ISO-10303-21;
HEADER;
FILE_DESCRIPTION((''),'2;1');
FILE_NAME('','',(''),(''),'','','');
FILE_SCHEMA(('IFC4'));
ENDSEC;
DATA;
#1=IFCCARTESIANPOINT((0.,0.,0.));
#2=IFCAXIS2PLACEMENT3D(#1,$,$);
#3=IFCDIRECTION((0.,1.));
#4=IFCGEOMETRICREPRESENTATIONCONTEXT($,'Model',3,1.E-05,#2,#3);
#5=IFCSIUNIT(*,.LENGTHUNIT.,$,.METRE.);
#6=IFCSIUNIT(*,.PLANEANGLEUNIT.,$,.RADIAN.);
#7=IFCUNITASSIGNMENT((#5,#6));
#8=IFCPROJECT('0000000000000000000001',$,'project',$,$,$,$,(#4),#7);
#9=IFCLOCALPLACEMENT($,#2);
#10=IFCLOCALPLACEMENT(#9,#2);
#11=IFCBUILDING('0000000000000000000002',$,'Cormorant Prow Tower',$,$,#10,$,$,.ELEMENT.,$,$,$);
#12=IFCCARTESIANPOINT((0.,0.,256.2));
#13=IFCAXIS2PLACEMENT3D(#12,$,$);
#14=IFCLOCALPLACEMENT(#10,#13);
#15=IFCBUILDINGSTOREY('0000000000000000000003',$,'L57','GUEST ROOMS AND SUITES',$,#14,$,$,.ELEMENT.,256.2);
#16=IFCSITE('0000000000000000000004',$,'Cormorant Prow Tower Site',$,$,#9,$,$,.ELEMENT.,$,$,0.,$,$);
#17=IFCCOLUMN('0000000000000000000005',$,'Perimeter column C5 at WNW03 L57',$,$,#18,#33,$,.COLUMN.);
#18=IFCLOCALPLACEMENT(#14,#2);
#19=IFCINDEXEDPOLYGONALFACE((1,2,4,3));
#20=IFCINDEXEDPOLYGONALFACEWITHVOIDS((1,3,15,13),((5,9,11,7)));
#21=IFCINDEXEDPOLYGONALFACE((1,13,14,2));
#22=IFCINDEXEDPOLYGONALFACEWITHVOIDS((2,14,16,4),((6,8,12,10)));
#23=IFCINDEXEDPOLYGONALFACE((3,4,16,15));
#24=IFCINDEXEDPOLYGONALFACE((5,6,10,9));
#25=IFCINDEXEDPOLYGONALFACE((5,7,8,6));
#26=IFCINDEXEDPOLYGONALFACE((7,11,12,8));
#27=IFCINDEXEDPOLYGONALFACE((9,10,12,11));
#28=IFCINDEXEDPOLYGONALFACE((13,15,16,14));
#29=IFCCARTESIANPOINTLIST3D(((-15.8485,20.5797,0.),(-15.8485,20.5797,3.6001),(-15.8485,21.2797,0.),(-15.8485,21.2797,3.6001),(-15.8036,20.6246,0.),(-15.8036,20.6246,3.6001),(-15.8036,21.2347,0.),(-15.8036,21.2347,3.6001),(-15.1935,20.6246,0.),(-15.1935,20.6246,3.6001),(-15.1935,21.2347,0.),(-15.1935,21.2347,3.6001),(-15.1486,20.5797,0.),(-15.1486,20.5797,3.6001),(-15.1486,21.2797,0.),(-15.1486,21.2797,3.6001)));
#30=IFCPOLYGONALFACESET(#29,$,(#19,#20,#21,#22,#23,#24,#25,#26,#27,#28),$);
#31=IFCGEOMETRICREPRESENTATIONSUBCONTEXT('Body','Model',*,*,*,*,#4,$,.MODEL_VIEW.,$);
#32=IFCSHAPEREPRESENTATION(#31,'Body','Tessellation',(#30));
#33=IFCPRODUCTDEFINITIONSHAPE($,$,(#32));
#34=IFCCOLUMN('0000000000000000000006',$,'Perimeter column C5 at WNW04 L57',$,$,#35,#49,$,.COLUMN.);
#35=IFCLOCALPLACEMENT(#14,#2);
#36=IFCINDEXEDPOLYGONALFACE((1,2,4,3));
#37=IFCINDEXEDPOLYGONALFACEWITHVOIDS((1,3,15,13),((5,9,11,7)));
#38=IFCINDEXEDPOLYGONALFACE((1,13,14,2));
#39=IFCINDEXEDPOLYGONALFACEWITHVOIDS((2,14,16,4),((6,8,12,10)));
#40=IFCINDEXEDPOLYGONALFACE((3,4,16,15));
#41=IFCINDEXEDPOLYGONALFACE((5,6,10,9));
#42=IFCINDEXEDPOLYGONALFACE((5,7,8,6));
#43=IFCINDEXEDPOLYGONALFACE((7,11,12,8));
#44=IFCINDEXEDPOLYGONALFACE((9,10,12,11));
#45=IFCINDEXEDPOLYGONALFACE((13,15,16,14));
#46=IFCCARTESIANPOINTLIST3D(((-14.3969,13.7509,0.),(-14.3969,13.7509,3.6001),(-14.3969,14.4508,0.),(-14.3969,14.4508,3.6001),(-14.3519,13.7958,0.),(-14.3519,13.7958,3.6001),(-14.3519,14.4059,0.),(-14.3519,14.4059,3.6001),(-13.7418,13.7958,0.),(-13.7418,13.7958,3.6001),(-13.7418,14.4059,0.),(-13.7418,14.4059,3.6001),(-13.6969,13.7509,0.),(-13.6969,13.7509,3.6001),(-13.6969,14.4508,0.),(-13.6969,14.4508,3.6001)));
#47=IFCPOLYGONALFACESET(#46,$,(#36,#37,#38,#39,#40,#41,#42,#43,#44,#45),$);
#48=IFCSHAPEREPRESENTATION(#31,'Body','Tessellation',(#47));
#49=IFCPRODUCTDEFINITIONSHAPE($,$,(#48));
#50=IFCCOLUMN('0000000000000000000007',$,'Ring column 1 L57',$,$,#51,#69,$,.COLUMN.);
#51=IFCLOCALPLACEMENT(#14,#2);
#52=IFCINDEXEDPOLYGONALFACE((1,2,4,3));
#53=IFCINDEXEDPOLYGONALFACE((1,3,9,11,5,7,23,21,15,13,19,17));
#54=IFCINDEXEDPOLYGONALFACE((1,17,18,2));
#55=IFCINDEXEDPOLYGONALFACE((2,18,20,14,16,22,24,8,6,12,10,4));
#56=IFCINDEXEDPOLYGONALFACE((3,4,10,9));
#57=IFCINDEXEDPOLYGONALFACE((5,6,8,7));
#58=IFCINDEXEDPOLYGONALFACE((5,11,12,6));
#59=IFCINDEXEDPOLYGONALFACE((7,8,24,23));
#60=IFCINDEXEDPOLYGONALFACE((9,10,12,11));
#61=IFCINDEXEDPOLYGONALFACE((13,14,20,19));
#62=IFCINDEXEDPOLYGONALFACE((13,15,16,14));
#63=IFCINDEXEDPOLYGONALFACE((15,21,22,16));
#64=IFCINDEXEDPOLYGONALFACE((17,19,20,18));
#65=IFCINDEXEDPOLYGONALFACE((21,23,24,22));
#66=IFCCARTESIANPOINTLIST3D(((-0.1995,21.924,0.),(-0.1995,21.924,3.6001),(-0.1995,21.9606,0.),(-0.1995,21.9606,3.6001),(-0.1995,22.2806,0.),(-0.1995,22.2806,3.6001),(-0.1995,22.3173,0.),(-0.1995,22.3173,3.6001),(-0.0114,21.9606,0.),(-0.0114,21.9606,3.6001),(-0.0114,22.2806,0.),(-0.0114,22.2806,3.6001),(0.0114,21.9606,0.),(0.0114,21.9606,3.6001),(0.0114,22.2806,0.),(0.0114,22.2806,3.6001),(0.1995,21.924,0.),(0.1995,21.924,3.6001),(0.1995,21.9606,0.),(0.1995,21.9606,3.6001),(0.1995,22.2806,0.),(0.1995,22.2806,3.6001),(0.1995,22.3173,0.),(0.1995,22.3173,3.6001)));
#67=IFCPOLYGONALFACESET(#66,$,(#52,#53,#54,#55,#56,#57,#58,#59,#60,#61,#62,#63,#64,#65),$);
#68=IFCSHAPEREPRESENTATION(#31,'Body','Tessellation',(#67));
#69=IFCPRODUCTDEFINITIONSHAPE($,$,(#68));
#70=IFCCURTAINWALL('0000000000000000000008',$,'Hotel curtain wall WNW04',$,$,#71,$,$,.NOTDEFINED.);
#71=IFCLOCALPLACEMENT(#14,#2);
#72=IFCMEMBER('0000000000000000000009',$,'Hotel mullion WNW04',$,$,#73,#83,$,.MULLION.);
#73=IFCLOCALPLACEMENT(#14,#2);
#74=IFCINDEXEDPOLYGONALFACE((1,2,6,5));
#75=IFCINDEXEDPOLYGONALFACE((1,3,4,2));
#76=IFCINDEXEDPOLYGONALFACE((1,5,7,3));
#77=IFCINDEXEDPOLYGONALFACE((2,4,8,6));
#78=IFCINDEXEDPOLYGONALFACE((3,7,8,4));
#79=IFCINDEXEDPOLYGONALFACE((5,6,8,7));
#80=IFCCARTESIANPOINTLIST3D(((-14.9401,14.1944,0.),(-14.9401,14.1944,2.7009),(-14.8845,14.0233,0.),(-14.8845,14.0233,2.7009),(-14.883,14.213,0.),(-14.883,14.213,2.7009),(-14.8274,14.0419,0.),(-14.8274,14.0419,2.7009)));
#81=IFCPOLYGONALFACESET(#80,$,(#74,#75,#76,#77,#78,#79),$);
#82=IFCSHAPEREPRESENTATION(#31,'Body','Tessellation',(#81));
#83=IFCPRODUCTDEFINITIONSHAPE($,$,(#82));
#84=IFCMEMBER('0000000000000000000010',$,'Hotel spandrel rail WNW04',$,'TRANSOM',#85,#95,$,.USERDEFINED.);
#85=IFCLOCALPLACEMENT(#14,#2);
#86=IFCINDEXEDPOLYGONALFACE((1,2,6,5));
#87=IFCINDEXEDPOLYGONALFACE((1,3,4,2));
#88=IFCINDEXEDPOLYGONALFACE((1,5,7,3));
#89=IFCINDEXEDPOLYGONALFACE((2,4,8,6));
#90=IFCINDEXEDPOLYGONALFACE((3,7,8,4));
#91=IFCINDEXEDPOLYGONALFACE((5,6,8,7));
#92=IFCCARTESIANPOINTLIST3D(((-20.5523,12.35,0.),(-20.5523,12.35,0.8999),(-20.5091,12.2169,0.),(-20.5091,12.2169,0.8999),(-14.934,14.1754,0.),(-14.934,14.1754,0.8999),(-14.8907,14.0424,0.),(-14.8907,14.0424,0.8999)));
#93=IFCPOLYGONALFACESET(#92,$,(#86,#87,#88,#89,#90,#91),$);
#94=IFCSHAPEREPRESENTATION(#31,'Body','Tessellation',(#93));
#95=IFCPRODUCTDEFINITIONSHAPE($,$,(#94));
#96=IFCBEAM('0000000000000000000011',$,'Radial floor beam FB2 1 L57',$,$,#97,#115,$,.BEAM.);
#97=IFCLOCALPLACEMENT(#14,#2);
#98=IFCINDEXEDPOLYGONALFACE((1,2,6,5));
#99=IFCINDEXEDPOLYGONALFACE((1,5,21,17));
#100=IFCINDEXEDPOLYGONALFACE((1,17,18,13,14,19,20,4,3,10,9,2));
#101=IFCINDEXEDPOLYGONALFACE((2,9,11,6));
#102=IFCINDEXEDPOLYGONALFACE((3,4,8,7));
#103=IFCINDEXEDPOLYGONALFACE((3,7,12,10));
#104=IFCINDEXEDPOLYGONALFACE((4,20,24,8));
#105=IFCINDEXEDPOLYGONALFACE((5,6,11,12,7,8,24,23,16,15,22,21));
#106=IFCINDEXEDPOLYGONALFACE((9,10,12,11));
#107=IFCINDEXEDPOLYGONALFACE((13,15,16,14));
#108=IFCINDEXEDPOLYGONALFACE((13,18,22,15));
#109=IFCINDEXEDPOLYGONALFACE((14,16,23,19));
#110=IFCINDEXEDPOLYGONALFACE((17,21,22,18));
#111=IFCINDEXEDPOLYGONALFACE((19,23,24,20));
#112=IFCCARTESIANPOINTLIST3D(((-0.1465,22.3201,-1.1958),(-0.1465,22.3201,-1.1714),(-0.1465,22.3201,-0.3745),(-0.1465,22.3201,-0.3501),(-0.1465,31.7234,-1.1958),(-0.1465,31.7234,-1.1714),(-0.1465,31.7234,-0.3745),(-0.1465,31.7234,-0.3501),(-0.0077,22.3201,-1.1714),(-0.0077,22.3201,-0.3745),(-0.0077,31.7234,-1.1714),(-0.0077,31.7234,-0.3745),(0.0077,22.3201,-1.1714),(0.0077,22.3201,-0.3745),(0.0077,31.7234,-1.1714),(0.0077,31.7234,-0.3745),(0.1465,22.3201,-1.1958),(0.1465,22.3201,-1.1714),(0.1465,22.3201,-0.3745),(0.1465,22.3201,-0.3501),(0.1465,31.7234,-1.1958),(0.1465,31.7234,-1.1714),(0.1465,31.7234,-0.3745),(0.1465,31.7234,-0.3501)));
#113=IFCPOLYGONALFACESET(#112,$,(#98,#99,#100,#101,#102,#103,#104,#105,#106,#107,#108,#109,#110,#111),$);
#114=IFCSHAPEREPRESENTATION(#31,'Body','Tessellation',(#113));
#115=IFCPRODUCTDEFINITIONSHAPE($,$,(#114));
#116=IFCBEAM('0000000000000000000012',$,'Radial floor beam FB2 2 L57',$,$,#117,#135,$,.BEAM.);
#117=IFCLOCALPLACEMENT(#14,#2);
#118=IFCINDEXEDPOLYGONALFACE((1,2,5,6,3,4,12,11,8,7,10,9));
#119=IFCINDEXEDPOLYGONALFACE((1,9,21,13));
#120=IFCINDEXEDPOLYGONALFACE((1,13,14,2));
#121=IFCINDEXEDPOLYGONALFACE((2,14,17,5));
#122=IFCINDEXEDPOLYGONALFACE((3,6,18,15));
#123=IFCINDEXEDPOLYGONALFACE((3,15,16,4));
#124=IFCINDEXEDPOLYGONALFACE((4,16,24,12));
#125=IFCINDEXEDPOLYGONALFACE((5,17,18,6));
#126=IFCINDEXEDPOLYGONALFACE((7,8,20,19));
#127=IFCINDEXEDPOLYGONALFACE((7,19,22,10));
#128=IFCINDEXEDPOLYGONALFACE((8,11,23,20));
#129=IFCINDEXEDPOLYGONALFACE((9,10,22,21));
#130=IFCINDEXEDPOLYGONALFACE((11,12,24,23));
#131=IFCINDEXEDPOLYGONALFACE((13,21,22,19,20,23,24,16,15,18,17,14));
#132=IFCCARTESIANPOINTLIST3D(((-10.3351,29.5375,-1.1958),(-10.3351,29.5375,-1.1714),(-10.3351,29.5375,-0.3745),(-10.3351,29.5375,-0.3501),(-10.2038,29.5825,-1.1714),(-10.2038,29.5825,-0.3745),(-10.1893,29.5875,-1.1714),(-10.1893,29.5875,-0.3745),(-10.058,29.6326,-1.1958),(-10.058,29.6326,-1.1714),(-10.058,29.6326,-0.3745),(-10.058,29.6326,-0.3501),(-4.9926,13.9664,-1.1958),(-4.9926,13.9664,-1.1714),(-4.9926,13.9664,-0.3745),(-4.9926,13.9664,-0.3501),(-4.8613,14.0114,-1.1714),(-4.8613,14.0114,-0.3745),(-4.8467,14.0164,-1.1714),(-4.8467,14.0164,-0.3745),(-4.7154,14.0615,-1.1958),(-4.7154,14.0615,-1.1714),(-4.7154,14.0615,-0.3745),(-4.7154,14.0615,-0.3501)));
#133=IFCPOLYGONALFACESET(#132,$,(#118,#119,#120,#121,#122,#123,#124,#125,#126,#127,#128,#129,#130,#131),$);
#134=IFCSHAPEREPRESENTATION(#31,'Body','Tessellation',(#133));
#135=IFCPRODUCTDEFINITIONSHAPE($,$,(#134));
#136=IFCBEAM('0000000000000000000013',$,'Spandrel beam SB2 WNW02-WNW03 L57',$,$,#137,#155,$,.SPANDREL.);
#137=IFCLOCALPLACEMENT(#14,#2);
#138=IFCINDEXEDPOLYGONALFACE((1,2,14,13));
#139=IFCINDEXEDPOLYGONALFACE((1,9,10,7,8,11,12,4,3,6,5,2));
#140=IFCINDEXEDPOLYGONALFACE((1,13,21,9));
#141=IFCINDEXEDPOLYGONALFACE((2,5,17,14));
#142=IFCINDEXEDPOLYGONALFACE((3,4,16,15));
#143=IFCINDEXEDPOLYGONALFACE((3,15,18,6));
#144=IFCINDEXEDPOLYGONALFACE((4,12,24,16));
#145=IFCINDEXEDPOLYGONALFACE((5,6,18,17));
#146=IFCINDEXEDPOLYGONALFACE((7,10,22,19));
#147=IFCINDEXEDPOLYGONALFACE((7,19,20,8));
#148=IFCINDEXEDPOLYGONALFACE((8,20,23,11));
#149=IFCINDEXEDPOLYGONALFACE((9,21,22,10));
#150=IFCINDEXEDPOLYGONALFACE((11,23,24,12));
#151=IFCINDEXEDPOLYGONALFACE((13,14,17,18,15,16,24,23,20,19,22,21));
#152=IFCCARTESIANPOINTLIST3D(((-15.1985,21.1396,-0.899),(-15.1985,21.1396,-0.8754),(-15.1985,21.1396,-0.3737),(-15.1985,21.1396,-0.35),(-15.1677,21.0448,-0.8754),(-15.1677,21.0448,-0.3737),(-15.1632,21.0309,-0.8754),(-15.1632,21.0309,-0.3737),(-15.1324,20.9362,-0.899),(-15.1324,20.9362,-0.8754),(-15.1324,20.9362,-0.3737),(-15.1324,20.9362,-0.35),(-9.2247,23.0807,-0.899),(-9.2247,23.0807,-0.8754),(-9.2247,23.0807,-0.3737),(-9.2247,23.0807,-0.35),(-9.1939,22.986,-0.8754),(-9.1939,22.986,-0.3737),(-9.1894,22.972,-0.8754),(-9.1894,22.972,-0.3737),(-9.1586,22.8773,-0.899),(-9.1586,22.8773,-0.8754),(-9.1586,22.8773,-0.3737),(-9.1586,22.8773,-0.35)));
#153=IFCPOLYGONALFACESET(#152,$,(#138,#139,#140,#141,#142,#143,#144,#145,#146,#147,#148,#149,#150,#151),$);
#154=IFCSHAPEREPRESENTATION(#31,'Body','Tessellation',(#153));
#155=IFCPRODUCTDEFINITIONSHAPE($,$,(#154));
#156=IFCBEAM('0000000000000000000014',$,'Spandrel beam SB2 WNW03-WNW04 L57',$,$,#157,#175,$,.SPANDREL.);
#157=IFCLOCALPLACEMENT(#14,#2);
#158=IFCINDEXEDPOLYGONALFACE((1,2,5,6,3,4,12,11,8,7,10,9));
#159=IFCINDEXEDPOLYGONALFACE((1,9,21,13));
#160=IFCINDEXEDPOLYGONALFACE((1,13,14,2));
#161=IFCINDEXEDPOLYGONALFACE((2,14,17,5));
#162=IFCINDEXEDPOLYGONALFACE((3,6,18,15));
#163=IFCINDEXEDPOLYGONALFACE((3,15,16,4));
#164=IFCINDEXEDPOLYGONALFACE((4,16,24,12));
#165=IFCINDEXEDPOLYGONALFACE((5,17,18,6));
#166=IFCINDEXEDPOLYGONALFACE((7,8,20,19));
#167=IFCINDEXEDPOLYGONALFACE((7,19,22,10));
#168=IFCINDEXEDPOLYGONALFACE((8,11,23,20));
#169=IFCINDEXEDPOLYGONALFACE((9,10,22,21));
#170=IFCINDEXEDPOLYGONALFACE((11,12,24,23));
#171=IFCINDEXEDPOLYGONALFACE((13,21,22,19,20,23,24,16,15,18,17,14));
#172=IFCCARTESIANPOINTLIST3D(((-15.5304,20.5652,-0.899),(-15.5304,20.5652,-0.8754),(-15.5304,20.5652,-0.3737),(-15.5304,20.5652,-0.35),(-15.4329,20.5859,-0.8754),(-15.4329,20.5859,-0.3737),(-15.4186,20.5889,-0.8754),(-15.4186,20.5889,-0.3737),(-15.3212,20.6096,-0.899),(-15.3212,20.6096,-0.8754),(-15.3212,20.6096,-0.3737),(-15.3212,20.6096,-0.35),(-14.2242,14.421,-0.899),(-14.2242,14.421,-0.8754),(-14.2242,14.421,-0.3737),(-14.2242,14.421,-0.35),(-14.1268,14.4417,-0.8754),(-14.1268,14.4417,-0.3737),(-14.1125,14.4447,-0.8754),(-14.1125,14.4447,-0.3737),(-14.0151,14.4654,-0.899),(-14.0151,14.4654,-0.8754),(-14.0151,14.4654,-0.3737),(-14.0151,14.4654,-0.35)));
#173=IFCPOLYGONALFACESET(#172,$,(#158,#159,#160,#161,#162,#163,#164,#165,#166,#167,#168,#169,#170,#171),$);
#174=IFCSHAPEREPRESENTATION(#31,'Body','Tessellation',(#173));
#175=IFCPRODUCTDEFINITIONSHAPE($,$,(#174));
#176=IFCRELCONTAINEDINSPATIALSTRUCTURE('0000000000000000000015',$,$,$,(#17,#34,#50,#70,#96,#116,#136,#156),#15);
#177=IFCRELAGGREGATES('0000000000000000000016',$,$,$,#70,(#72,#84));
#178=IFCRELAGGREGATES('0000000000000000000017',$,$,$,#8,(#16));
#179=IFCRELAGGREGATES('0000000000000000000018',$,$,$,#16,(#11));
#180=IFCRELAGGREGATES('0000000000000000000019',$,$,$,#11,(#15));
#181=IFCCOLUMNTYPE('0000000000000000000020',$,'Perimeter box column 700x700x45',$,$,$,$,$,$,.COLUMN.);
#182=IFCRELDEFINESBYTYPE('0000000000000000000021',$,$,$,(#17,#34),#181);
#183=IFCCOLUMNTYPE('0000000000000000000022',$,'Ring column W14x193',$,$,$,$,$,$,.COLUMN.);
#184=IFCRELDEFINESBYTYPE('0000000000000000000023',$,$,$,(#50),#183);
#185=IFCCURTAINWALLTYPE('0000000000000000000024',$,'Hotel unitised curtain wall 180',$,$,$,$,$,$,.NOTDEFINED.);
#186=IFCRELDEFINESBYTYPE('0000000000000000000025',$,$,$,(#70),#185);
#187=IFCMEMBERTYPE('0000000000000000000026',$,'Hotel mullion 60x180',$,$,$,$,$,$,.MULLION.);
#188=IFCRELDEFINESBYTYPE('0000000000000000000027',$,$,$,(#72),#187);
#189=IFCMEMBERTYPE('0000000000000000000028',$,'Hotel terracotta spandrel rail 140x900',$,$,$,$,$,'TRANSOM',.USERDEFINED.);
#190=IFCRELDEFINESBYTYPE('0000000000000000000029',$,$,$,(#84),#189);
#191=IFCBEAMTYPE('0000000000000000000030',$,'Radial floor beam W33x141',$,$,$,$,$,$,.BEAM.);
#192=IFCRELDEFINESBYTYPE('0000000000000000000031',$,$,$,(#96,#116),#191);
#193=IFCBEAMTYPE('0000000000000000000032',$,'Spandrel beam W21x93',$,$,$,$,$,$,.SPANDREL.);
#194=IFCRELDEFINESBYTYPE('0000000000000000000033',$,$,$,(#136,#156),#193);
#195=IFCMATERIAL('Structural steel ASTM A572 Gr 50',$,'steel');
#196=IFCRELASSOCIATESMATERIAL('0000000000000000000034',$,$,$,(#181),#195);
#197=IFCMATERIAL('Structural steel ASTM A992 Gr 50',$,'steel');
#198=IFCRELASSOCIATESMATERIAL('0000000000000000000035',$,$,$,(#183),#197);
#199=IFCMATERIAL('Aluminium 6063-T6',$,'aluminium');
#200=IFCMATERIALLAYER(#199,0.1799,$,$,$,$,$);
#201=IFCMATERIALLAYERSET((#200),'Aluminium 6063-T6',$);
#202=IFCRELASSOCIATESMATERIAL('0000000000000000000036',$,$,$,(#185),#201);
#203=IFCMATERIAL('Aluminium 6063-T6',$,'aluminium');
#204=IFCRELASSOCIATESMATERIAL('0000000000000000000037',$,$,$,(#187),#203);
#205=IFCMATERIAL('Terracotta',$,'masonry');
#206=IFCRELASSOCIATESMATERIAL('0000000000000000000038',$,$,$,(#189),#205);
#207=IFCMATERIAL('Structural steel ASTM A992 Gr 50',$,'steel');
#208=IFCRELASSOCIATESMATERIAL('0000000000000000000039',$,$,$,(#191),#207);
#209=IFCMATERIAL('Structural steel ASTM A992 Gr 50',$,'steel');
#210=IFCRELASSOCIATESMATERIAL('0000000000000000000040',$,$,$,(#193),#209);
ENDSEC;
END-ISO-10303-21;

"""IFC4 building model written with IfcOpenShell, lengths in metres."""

from ifc_helpers import new_model, si_unit, direction, frame, origin, origin_2d, place, context, subcontext, project, spatial, rectangle, hollow_rectangle, i_section, extrude, material, layer, layer_set, material_profile, profile_set, type_object, element, aggregate, save


model = new_model("IFC4")

# Units and contexts
model_context = context("Model", 3, precision=1e-05, world=origin(), true_north=direction((0.0, 1.0)))
body_context = subcontext(model_context, "Body", "Model", "MODEL_VIEW")
ifc_project = project(units=[si_unit("LENGTHUNIT", "METRE"), si_unit("PLANEANGLEUNIT", "RADIAN")], contexts=[model_context])

# Site, building, storey
site_placement = place(None, origin())
site = spatial("IfcSite", under=ifc_project, at=site_placement, Name="Cormorant Prow Tower Site", CompositionType="ELEMENT", RefElevation=0.0)
building_placement = place(site_placement, origin())
building = spatial("IfcBuilding", under=site, at=building_placement, Name="Cormorant Prow Tower", CompositionType="ELEMENT")
storey_placement = place(building_placement, frame((0.0, 0.0, 256.2)))
storey = spatial("IfcBuildingStorey", under=building, at=storey_placement, Name="L57", Description="GUEST ROOMS AND SUITES", CompositionType="ELEMENT", Elevation=256.2)

# Columns
ifc_material_1 = material(Name="Structural steel ASTM A572 Gr 50", Category="steel")
ifc_material_profile_1 = material_profile(ifc_material_1, hollow_rectangle(XDim=0.7, YDim=0.7, WallThickness=0.0449, at=origin_2d()), Name="Box 700x700x45")
ifc_profile_set_1 = profile_set([ifc_material_profile_1], Name="Structural steel ASTM A572 Gr 50")
column_type_1 = type_object("IfcColumnType", Name="Perimeter box column 700x700x45", PredefinedType="COLUMN", material=ifc_profile_set_1)
for number, where, z_axis, x_axis, name in (
    (1, (-15.4985, 20.9297, 0.0), (0.0, 0.0, 1.0), (1.0, 0.0, 0.0), "Perimeter column C5 at WNW03 L57"),
    (2, (-14.0469, 14.1008, 0.0), (0.0, 0.0, 1.0), (1.0, 0.0, 0.0), "Perimeter column C5 at WNW04 L57"),
):
    element("IfcColumn", number, at=place(storey_placement, frame(where, z_axis=z_axis, x_axis=x_axis)), inside=storey, type_object=column_type_1, Name=name, PredefinedType="COLUMN", context=body_context, shape_type="SweptSolid", body=[
        extrude(hollow_rectangle(XDim=0.7, YDim=0.7, WallThickness=0.0449, at=origin_2d()), origin(), (0.0, 0.0, 1.0), 3.6001),
    ])
ifc_material_2 = material(Name="Structural steel ASTM A992 Gr 50", Category="steel")
ifc_material_profile_2 = material_profile(ifc_material_2, i_section(OverallWidth=0.3989, OverallDepth=0.3933, WebThickness=0.0227, FlangeThickness=0.0366, at=origin_2d()), Name="W14x193")
ifc_profile_set_2 = profile_set([ifc_material_profile_2], Name="Structural steel ASTM A992 Gr 50")
column_type_2 = type_object("IfcColumnType", Name="Ring column W14x193", PredefinedType="COLUMN", material=ifc_profile_set_2)
column_placement = place(storey_placement, frame((0.0, 22.1206, 0.0), z_axis=(0.0, 0.0, 1.0), x_axis=(1.0, 0.0, 0.0)))
element("IfcColumn", 3, at=column_placement, inside=storey, type_object=column_type_2, Name="Ring column 1 L57", PredefinedType="COLUMN", context=body_context, shape_type="SweptSolid", body=[
    extrude(i_section(OverallWidth=0.3989, OverallDepth=0.3933, WebThickness=0.0227, FlangeThickness=0.0366, at=origin_2d()), origin(), (0.0, 0.0, 1.0), 3.6001),
])

# Curtain wall, members
ifc_material_3 = material(Name="Aluminium 6063-T6", Category="aluminium")
ifc_layer_1 = layer(ifc_material_3, 0.1799)
ifc_layer_set_1 = layer_set([ifc_layer_1], Name="Aluminium 6063-T6")
curtain_wall_type = type_object("IfcCurtainWallType", Name="Hotel unitised curtain wall 180", PredefinedType="NOTDEFINED", material=ifc_layer_set_1)
curtain_wall_1_placement = place(storey_placement, origin())
curtain_wall_1 = element("IfcCurtainWall", 4, at=curtain_wall_1_placement, inside=storey, type_object=curtain_wall_type, Name="Hotel curtain wall WNW04", PredefinedType="NOTDEFINED")
ifc_material_4 = material(Name="Aluminium 6063-T6", Category="aluminium")
ifc_material_profile_3 = material_profile(ifc_material_4, rectangle(XDim=0.1799, YDim=0.0601, at=origin_2d()), Name="Hotel mullion 60x180")
ifc_profile_set_3 = profile_set([ifc_material_profile_3], Name="Aluminium 6063-T6")
member_type_1 = type_object("IfcMemberType", Name="Hotel mullion 60x180", PredefinedType="MULLION", material=ifc_profile_set_3)
member_1_placement = place(storey_placement, frame((-14.8838, 14.1182, 0.0), z_axis=(0.0, 0.0, 1.0), x_axis=(0.309017, -0.951056, 0.0)))
member_1 = element("IfcMember", 5, at=member_1_placement, type_object=member_type_1, Name="Hotel mullion WNW04", PredefinedType="MULLION", context=body_context, shape_type="SweptSolid", body=[
    extrude(rectangle(XDim=0.1799, YDim=0.0601, at=origin_2d()), origin(), (0.0, 0.0, 1.0), 2.7009),
])
ifc_material_5 = material(Name="Terracotta", Category="masonry")
ifc_material_profile_4 = material_profile(ifc_material_5, rectangle(XDim=0.1399, YDim=0.8999, at=origin_2d()), Name="Hotel terracotta spandrel rail 140x900")
ifc_profile_set_4 = profile_set([ifc_material_profile_4], Name="Terracotta")
member_type_2 = type_object("IfcMemberType", Name="Hotel terracotta spandrel rail 140x900", ElementType="TRANSOM", PredefinedType="USERDEFINED", material=ifc_profile_set_4)
member_2_placement = place(storey_placement, frame((-14.9124, 14.1089, 0.45), z_axis=(-0.951061, -0.309003, 0.0), x_axis=(0.309003, -0.951061, 0.0)))
member_2 = element("IfcMember", 6, at=member_2_placement, type_object=member_type_2, Name="Hotel spandrel rail WNW04", ObjectType="TRANSOM", PredefinedType="USERDEFINED", context=body_context, shape_type="SweptSolid", body=[
    extrude(rectangle(XDim=0.1399, YDim=0.8999, at=origin_2d()), origin(), (0.0, 0.0, 1.0), 5.9075),
])
aggregate(curtain_wall_1, [member_1, member_2])

# Beams
ifc_material_6 = material(Name="Structural steel ASTM A992 Gr 50", Category="steel")
ifc_material_profile_5 = material_profile(ifc_material_6, i_section(OverallWidth=0.293, OverallDepth=0.8457, WebThickness=0.0154, FlangeThickness=0.0244, at=origin_2d()), Name="W33x141")
ifc_profile_set_5 = profile_set([ifc_material_profile_5], Name="Structural steel ASTM A992 Gr 50")
beam_type_1 = type_object("IfcBeamType", Name="Radial floor beam W33x141", PredefinedType="BEAM", material=ifc_profile_set_5)
beam_1_placement = place(storey_placement, frame((0.0, 22.3201, -0.7729), z_axis=(0.0, 1.0, 0.0), x_axis=(-1.0, 0.0, 0.0)))
element("IfcBeam", 7, at=beam_1_placement, inside=storey, type_object=beam_type_1, Name="Radial floor beam FB2 1 L57", PredefinedType="BEAM", context=body_context, shape_type="SweptSolid", body=[
    extrude(i_section(OverallWidth=0.293, OverallDepth=0.8457, WebThickness=0.0154, FlangeThickness=0.0244, at=origin_2d()), origin(), (0.0, 0.0, 1.0), 9.4033),
])
beam_2_placement = place(storey_placement, frame((-4.854, 14.0139, -0.7729), z_axis=(-0.324536, 0.945874, 0.0), x_axis=(-0.945874, -0.324536, 0.0)))
element("IfcBeam", 8, at=beam_2_placement, inside=storey, type_object=beam_type_1, Name="Radial floor beam FB2 2 L57", PredefinedType="BEAM", context=body_context, shape_type="SweptSolid", body=[
    extrude(i_section(OverallWidth=0.293, OverallDepth=0.8457, WebThickness=0.0154, FlangeThickness=0.0244, at=origin_2d()), origin(), (0.0, 0.0, 1.0), 16.4622),
])
ifc_material_7 = material(Name="Structural steel ASTM A992 Gr 50", Category="steel")
ifc_material_profile_6 = material_profile(ifc_material_7, i_section(OverallWidth=0.2139, OverallDepth=0.5491, WebThickness=0.0146, FlangeThickness=0.0237, at=origin_2d()), Name="W21x93")
ifc_profile_set_6 = profile_set([ifc_material_profile_6], Name="Structural steel ASTM A992 Gr 50")
beam_type_2 = type_object("IfcBeamType", Name="Spandrel beam W21x93", PredefinedType="SPANDREL", material=ifc_profile_set_6)
beam_3_placement = place(storey_placement, frame((-9.1917, 22.979, -0.6245), z_axis=(-0.95105, -0.309036, 0.0), x_axis=(0.309036, -0.95105, 0.0)))
element("IfcBeam", 9, at=beam_3_placement, inside=storey, type_object=beam_type_2, Name="Spandrel beam SB2 WNW02-WNW03 L57", PredefinedType="SPANDREL", context=body_context, shape_type="SweptSolid", body=[
    extrude(i_section(OverallWidth=0.2139, OverallDepth=0.5491, WebThickness=0.0146, FlangeThickness=0.0237, at=origin_2d()), origin(), (0.0, 0.0, 1.0), 6.2812),
])
beam_4_placement = place(storey_placement, frame((-15.4258, 20.5874, -0.6245), z_axis=(0.207934, -0.978143, 0.0), x_axis=(0.978143, 0.207934, 0.0)))
element("IfcBeam", 10, at=beam_4_placement, inside=storey, type_object=beam_type_2, Name="Spandrel beam SB2 WNW03-WNW04 L57", PredefinedType="SPANDREL", context=body_context, shape_type="SweptSolid", body=[
    extrude(i_section(OverallWidth=0.2139, OverallDepth=0.5491, WebThickness=0.0146, FlangeThickness=0.0237, at=origin_2d()), origin(), (0.0, 0.0, 1.0), 6.2815),
])

save(model, "model.ifc")
